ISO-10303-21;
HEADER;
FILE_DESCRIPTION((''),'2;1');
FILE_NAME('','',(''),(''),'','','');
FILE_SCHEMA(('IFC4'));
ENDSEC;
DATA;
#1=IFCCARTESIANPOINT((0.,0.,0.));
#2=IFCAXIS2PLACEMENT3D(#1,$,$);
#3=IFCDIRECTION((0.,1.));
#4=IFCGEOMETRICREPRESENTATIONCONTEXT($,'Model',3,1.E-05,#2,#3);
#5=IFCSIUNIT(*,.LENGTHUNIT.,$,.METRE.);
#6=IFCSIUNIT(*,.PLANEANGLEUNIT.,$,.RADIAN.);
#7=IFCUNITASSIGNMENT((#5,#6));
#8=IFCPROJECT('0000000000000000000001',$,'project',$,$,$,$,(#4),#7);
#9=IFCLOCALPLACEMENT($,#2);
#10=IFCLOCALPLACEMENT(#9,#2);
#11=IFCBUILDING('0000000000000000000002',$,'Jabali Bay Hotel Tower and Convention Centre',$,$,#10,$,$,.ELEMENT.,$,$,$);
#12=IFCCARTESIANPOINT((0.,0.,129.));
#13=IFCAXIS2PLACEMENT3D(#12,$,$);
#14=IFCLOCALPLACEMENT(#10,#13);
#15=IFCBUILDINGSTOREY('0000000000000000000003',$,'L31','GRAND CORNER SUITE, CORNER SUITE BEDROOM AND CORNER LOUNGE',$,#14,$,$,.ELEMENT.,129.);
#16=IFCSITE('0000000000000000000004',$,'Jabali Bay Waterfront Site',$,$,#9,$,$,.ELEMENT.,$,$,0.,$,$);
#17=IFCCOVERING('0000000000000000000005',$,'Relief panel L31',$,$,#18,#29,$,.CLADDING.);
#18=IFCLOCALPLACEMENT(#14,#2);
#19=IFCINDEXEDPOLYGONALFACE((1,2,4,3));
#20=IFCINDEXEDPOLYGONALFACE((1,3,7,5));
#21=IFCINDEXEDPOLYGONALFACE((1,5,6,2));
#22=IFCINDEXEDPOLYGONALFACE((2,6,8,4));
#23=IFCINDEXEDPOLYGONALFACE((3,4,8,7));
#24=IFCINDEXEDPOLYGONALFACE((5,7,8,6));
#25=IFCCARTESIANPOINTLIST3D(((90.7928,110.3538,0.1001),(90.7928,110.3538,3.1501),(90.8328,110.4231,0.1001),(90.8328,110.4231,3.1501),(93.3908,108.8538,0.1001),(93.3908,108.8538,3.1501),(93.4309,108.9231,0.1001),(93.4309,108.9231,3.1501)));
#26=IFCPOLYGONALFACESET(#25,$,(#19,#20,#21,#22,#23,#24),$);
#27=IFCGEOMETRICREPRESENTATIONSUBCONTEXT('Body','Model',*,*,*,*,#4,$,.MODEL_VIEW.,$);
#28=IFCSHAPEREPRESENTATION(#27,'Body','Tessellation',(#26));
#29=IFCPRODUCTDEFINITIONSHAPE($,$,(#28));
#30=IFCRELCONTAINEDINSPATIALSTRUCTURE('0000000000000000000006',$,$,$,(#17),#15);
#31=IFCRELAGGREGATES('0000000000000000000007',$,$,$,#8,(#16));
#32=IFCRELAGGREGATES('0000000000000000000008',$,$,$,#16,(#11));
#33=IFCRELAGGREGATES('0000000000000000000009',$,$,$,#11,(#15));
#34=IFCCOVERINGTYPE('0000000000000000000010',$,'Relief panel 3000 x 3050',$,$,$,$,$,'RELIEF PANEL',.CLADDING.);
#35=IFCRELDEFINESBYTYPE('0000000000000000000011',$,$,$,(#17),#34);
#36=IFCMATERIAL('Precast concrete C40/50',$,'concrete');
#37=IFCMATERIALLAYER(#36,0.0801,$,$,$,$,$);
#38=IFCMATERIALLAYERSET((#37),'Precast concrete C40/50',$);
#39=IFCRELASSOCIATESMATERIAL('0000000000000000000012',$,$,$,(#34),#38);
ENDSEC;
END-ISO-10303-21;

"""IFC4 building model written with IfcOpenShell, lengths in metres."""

from ifc_helpers import new_model, si_unit, direction, frame, origin, origin_2d, place, context, subcontext, project, spatial, rectangle, extrude, material, layer, layer_set, type_object, element, save


model = new_model("IFC4")

# Units and contexts
model_context = context("Model", 3, precision=1e-05, world=origin(), true_north=direction((0.0, 1.0)))
body_context = subcontext(model_context, "Body", "Model", "MODEL_VIEW")
ifc_project = project(units=[si_unit("LENGTHUNIT", "METRE"), si_unit("PLANEANGLEUNIT", "RADIAN")], contexts=[model_context])

# Site, building, storey
site_placement = place(None, origin())
site = spatial("IfcSite", under=ifc_project, at=site_placement, Name="Jabali Bay Waterfront Site", CompositionType="ELEMENT", RefElevation=0.0)
building_placement = place(site_placement, origin())
building = spatial("IfcBuilding", under=site, at=building_placement, Name="Jabali Bay Hotel Tower and Convention Centre", CompositionType="ELEMENT")
storey_placement = place(building_placement, frame((0.0, 0.0, 129.0)))
storey = spatial("IfcBuildingStorey", under=building, at=storey_placement, Name="L31", Description="GRAND CORNER SUITE, CORNER SUITE BEDROOM AND CORNER LOUNGE", CompositionType="ELEMENT", Elevation=129.0)

# Covering
ifc_material_1 = material(Name="Precast concrete C40/50", Category="concrete")
ifc_layer_1 = layer(ifc_material_1, 0.0801)
ifc_layer_set_1 = layer_set([ifc_layer_1], Name="Precast concrete C40/50")
covering_type = type_object("IfcCoveringType", Name="Relief panel 3000 x 3050", ElementType="RELIEF PANEL", PredefinedType="CLADDING", material=ifc_layer_set_1)
covering_placement = place(storey_placement, frame((92.1118, 109.6384, 0.1001), z_axis=(0.0, 0.0, 1.0), x_axis=(0.866025, -0.5, 0.0)))
element("IfcCovering", 1, at=covering_placement, inside=storey, type_object=covering_type, Name="Relief panel L31", PredefinedType="CLADDING", context=body_context, shape_type="SweptSolid", body=[
    extrude(rectangle(XDim=3.0, YDim=0.0801, at=origin_2d()), origin(), (0.0, 0.0, 1.0), 3.05),
])

save(model, "model.ifc")
